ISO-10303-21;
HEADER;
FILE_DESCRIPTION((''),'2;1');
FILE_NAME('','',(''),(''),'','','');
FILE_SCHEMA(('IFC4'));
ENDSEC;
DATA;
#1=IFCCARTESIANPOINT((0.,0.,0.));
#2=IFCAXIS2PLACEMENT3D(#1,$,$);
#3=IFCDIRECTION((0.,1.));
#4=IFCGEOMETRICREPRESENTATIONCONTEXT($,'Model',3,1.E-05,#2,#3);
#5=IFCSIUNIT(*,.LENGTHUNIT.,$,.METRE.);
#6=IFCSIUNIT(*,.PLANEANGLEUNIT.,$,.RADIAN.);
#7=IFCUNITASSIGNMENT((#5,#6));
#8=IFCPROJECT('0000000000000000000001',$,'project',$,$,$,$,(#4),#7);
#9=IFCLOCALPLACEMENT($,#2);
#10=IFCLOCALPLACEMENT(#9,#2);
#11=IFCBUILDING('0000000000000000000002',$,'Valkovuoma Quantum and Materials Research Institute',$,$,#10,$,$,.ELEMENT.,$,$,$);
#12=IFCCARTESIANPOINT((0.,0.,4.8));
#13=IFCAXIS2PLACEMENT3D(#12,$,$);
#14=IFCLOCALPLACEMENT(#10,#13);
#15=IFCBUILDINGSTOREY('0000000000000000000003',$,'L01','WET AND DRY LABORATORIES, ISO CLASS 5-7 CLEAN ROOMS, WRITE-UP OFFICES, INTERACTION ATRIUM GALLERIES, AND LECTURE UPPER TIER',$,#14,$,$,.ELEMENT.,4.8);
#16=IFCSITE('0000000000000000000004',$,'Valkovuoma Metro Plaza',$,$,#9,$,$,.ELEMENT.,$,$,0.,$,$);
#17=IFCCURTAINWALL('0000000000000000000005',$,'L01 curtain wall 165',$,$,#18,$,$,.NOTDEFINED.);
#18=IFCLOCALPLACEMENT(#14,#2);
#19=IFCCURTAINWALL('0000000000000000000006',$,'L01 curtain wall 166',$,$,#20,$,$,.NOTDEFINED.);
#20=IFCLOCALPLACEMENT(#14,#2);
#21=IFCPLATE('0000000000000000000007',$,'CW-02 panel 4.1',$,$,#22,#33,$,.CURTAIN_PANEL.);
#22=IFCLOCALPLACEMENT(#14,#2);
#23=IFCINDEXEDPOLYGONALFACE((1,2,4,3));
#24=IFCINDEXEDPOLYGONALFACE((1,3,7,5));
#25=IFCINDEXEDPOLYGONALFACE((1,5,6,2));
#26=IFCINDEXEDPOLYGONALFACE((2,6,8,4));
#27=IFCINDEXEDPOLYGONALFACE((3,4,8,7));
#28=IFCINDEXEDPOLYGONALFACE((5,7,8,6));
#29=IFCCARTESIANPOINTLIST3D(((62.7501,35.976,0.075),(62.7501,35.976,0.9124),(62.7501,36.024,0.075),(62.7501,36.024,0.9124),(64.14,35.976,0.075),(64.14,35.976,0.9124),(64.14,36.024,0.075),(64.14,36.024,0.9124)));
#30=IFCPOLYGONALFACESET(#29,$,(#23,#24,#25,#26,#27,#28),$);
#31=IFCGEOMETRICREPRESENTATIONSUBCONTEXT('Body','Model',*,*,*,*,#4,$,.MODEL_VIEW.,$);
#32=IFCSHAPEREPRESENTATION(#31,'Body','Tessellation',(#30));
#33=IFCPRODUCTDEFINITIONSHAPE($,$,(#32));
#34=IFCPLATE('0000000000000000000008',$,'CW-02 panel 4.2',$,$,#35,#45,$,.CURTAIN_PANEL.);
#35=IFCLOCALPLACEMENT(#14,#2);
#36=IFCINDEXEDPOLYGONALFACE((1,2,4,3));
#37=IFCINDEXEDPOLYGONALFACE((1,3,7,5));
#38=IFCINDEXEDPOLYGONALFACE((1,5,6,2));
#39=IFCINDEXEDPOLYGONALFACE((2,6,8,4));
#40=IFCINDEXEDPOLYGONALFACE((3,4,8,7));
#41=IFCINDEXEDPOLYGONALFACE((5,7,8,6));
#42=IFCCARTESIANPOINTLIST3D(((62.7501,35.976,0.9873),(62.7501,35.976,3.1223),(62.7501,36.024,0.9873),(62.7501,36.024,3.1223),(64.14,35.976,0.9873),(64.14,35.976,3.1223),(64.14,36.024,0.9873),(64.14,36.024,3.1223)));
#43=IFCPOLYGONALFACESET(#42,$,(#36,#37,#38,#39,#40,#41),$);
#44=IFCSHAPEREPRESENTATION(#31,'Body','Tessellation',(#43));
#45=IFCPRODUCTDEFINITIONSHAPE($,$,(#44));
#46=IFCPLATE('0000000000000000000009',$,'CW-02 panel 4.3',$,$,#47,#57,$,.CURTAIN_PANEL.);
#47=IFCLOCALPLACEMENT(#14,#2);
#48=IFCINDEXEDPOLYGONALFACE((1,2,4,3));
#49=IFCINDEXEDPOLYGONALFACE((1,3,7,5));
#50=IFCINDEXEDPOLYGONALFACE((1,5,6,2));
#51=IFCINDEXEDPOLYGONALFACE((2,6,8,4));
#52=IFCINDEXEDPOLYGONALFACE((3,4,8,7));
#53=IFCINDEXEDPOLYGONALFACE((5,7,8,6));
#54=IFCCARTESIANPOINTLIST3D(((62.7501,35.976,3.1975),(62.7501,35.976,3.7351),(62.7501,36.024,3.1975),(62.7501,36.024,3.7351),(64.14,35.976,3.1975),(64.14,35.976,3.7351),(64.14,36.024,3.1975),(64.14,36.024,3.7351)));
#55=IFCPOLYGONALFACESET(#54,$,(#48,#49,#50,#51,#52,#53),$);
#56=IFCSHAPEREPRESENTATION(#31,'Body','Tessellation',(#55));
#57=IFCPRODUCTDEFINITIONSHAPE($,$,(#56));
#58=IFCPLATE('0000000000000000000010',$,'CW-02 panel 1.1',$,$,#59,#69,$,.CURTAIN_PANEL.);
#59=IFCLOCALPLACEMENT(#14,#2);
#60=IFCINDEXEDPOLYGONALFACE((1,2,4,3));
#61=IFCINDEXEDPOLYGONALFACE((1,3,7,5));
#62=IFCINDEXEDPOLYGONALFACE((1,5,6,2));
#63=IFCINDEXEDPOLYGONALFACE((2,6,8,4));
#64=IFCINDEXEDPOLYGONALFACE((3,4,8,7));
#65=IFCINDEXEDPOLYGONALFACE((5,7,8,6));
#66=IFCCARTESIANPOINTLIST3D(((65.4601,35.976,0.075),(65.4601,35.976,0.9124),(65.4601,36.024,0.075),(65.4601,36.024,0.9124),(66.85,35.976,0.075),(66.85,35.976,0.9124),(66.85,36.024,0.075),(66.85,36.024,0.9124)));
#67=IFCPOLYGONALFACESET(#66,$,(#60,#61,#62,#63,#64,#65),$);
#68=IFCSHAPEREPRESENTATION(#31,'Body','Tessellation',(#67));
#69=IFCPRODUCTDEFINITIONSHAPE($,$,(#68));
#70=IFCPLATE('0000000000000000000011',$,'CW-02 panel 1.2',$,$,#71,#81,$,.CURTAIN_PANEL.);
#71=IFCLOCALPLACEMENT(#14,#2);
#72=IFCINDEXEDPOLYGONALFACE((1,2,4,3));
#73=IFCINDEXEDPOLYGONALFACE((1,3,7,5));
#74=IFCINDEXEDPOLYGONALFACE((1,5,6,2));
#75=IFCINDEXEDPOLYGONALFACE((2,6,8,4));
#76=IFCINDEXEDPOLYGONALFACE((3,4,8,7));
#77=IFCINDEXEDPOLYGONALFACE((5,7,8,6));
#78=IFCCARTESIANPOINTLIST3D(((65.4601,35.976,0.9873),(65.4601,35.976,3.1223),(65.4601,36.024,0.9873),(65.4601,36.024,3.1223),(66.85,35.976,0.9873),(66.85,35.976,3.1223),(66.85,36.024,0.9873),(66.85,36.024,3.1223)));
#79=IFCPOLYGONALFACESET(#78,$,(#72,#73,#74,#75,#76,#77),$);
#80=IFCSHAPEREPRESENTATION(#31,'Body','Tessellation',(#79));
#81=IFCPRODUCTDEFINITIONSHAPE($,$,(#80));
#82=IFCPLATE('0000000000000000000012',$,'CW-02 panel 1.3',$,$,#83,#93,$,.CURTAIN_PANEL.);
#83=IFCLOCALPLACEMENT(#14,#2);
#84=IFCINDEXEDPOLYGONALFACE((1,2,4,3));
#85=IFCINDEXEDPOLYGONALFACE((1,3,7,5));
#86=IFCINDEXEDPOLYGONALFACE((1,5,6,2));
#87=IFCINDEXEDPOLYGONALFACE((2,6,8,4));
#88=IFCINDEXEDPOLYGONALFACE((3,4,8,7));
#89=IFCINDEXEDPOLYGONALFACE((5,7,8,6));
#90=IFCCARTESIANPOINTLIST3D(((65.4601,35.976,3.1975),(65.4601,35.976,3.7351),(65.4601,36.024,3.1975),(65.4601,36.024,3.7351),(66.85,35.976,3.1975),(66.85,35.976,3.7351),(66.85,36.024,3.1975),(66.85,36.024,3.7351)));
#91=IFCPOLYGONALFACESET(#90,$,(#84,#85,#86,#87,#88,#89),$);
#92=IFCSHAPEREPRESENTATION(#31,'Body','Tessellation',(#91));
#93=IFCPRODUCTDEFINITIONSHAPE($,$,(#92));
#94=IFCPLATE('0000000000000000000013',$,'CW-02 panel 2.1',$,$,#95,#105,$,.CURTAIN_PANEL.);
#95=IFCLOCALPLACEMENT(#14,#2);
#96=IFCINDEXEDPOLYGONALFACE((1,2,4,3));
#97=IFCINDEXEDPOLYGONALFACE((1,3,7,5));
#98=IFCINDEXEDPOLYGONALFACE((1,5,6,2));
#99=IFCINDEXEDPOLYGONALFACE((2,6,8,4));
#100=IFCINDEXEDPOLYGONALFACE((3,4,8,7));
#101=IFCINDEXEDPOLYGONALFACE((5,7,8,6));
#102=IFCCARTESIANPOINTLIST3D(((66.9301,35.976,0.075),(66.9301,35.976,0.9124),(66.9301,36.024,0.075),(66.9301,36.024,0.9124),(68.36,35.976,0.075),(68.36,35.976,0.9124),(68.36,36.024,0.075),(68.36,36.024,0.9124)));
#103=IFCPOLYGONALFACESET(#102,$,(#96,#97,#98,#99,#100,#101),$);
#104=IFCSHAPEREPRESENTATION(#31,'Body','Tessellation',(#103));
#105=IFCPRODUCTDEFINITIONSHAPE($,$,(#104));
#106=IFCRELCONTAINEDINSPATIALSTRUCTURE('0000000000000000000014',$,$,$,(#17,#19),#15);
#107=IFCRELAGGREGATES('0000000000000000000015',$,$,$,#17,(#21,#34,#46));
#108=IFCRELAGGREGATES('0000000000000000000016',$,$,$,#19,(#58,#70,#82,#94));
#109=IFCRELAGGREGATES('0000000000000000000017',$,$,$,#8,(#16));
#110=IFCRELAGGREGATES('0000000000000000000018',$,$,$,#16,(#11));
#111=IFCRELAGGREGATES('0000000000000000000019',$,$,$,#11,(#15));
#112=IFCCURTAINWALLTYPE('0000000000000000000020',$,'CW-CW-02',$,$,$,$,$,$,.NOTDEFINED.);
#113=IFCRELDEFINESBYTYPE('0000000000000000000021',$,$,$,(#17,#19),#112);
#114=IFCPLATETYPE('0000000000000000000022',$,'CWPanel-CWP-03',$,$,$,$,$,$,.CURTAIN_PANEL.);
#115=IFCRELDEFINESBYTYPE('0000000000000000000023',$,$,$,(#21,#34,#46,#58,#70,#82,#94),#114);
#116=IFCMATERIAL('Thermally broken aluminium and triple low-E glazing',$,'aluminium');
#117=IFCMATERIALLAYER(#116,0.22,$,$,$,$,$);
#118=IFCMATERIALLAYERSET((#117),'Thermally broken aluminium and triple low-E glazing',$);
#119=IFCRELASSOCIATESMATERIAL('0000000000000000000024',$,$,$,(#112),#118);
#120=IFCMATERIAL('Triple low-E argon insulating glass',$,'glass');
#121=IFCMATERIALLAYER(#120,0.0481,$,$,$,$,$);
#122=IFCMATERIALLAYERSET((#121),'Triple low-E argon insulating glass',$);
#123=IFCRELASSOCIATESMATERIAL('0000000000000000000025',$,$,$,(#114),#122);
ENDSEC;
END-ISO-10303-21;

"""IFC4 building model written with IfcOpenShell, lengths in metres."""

from ifc_helpers import new_model, si_unit, direction, frame, origin, origin_2d, place, context, subcontext, project, spatial, rectangle, extrude, material, layer, layer_set, type_object, element, aggregate, save


model = new_model("IFC4")

# Units and contexts
model_context = context("Model", 3, precision=1e-05, world=origin(), true_north=direction((0.0, 1.0)))
body_context = subcontext(model_context, "Body", "Model", "MODEL_VIEW")
ifc_project = project(units=[si_unit("LENGTHUNIT", "METRE"), si_unit("PLANEANGLEUNIT", "RADIAN")], contexts=[model_context])

# Site, building, storey
site_placement = place(None, origin())
site = spatial("IfcSite", under=ifc_project, at=site_placement, Name="Valkovuoma Metro Plaza", CompositionType="ELEMENT", RefElevation=0.0)
building_placement = place(site_placement, origin())
building = spatial("IfcBuilding", under=site, at=building_placement, Name="Valkovuoma Quantum and Materials Research Institute", CompositionType="ELEMENT")
storey_placement = place(building_placement, frame((0.0, 0.0, 4.8)))
storey = spatial("IfcBuildingStorey", under=building, at=storey_placement, Name="L01", Description="WET AND DRY LABORATORIES, ISO CLASS 5-7 CLEAN ROOMS, WRITE-UP OFFICES, INTERACTION ATRIUM GALLERIES, AND LECTURE UPPER TIER", CompositionType="ELEMENT", Elevation=4.8)

# Curtain walls
ifc_material_1 = material(Name="Thermally broken aluminium and triple low-E glazing", Category="aluminium")
ifc_layer_1 = layer(ifc_material_1, 0.22)
ifc_layer_set_1 = layer_set([ifc_layer_1], Name="Thermally broken aluminium and triple low-E glazing")
curtain_wall_type = type_object("IfcCurtainWallType", Name="CW-CW-02", PredefinedType="NOTDEFINED", material=ifc_layer_set_1)
curtain_wall_1_placement = place(storey_placement, origin())
curtain_wall_1 = element("IfcCurtainWall", 1, at=curtain_wall_1_placement, inside=storey, type_object=curtain_wall_type, Name="L01 curtain wall 165", PredefinedType="NOTDEFINED")
curtain_wall_2_placement = place(storey_placement, origin())
curtain_wall_2 = element("IfcCurtainWall", 2, at=curtain_wall_2_placement, inside=storey, type_object=curtain_wall_type, Name="L01 curtain wall 166", PredefinedType="NOTDEFINED")

# Plates
ifc_material_2 = material(Name="Triple low-E argon insulating glass", Category="glass")
ifc_layer_2 = layer(ifc_material_2, 0.0481)
ifc_layer_set_2 = layer_set([ifc_layer_2], Name="Triple low-E argon insulating glass")
plate_type = type_object("IfcPlateType", Name="CWPanel-CWP-03", PredefinedType="CURTAIN_PANEL", material=ifc_layer_set_2)
plate_1_placement = place(storey_placement, frame((63.4451, 36.0, 0.075), z_axis=(0.0, 0.0, 1.0), x_axis=(1.0, 0.0, 0.0)))
plate_1 = element("IfcPlate", 3, at=plate_1_placement, type_object=plate_type, Name="CW-02 panel 4.1", PredefinedType="CURTAIN_PANEL", context=body_context, shape_type="SweptSolid", body=[
    extrude(rectangle(XDim=1.3899, YDim=0.0481, at=origin_2d()), origin(), (0.0, 0.0, 1.0), 0.8374),
])
plate_2_placement = place(storey_placement, frame((63.4451, 36.0, 0.9873), z_axis=(0.0, 0.0, 1.0), x_axis=(1.0, 0.0, 0.0)))
plate_2 = element("IfcPlate", 4, at=plate_2_placement, type_object=plate_type, Name="CW-02 panel 4.2", PredefinedType="CURTAIN_PANEL", context=body_context, shape_type="SweptSolid", body=[
    extrude(rectangle(XDim=1.3899, YDim=0.0481, at=origin_2d()), origin(), (0.0, 0.0, 1.0), 2.135),
])
plate_3_placement = place(storey_placement, frame((63.4451, 36.0, 3.1975), z_axis=(0.0, 0.0, 1.0), x_axis=(1.0, 0.0, 0.0)))
plate_3 = element("IfcPlate", 5, at=plate_3_placement, type_object=plate_type, Name="CW-02 panel 4.3", PredefinedType="CURTAIN_PANEL", context=body_context, shape_type="SweptSolid", body=[
    extrude(rectangle(XDim=1.3899, YDim=0.0481, at=origin_2d()), origin(), (0.0, 0.0, 1.0), 0.5376),
])
aggregate(curtain_wall_1, [plate_1, plate_2, plate_3])
plate_4_placement = place(storey_placement, frame((66.155, 36.0, 0.075), z_axis=(0.0, 0.0, 1.0), x_axis=(1.0, 0.0, 0.0)))
plate_4 = element("IfcPlate", 6, at=plate_4_placement, type_object=plate_type, Name="CW-02 panel 1.1", PredefinedType="CURTAIN_PANEL", context=body_context, shape_type="SweptSolid", body=[
    extrude(rectangle(XDim=1.3899, YDim=0.0481, at=origin_2d()), origin(), (0.0, 0.0, 1.0), 0.8374),
])
plate_5_placement = place(storey_placement, frame((66.155, 36.0, 0.9873), z_axis=(0.0, 0.0, 1.0), x_axis=(1.0, 0.0, 0.0)))
plate_5 = element("IfcPlate", 7, at=plate_5_placement, type_object=plate_type, Name="CW-02 panel 1.2", PredefinedType="CURTAIN_PANEL", context=body_context, shape_type="SweptSolid", body=[
    extrude(rectangle(XDim=1.3899, YDim=0.0481, at=origin_2d()), origin(), (0.0, 0.0, 1.0), 2.135),
])
plate_6_placement = place(storey_placement, frame((66.155, 36.0, 3.1975), z_axis=(0.0, 0.0, 1.0), x_axis=(1.0, 0.0, 0.0)))
plate_6 = element("IfcPlate", 8, at=plate_6_placement, type_object=plate_type, Name="CW-02 panel 1.3", PredefinedType="CURTAIN_PANEL", context=body_context, shape_type="SweptSolid", body=[
    extrude(rectangle(XDim=1.3899, YDim=0.0481, at=origin_2d()), origin(), (0.0, 0.0, 1.0), 0.5376),
])
plate_7_placement = place(storey_placement, frame((67.645, 36.0, 0.075), z_axis=(0.0, 0.0, 1.0), x_axis=(1.0, 0.0, 0.0)))
plate_7 = element("IfcPlate", 9, at=plate_7_placement, type_object=plate_type, Name="CW-02 panel 2.1", PredefinedType="CURTAIN_PANEL", context=body_context, shape_type="SweptSolid", body=[
    extrude(rectangle(XDim=1.4299, YDim=0.0481, at=origin_2d()), origin(), (0.0, 0.0, 1.0), 0.8374),
])
aggregate(curtain_wall_2, [plate_4, plate_5, plate_6, plate_7])

save(model, "model.ifc")
